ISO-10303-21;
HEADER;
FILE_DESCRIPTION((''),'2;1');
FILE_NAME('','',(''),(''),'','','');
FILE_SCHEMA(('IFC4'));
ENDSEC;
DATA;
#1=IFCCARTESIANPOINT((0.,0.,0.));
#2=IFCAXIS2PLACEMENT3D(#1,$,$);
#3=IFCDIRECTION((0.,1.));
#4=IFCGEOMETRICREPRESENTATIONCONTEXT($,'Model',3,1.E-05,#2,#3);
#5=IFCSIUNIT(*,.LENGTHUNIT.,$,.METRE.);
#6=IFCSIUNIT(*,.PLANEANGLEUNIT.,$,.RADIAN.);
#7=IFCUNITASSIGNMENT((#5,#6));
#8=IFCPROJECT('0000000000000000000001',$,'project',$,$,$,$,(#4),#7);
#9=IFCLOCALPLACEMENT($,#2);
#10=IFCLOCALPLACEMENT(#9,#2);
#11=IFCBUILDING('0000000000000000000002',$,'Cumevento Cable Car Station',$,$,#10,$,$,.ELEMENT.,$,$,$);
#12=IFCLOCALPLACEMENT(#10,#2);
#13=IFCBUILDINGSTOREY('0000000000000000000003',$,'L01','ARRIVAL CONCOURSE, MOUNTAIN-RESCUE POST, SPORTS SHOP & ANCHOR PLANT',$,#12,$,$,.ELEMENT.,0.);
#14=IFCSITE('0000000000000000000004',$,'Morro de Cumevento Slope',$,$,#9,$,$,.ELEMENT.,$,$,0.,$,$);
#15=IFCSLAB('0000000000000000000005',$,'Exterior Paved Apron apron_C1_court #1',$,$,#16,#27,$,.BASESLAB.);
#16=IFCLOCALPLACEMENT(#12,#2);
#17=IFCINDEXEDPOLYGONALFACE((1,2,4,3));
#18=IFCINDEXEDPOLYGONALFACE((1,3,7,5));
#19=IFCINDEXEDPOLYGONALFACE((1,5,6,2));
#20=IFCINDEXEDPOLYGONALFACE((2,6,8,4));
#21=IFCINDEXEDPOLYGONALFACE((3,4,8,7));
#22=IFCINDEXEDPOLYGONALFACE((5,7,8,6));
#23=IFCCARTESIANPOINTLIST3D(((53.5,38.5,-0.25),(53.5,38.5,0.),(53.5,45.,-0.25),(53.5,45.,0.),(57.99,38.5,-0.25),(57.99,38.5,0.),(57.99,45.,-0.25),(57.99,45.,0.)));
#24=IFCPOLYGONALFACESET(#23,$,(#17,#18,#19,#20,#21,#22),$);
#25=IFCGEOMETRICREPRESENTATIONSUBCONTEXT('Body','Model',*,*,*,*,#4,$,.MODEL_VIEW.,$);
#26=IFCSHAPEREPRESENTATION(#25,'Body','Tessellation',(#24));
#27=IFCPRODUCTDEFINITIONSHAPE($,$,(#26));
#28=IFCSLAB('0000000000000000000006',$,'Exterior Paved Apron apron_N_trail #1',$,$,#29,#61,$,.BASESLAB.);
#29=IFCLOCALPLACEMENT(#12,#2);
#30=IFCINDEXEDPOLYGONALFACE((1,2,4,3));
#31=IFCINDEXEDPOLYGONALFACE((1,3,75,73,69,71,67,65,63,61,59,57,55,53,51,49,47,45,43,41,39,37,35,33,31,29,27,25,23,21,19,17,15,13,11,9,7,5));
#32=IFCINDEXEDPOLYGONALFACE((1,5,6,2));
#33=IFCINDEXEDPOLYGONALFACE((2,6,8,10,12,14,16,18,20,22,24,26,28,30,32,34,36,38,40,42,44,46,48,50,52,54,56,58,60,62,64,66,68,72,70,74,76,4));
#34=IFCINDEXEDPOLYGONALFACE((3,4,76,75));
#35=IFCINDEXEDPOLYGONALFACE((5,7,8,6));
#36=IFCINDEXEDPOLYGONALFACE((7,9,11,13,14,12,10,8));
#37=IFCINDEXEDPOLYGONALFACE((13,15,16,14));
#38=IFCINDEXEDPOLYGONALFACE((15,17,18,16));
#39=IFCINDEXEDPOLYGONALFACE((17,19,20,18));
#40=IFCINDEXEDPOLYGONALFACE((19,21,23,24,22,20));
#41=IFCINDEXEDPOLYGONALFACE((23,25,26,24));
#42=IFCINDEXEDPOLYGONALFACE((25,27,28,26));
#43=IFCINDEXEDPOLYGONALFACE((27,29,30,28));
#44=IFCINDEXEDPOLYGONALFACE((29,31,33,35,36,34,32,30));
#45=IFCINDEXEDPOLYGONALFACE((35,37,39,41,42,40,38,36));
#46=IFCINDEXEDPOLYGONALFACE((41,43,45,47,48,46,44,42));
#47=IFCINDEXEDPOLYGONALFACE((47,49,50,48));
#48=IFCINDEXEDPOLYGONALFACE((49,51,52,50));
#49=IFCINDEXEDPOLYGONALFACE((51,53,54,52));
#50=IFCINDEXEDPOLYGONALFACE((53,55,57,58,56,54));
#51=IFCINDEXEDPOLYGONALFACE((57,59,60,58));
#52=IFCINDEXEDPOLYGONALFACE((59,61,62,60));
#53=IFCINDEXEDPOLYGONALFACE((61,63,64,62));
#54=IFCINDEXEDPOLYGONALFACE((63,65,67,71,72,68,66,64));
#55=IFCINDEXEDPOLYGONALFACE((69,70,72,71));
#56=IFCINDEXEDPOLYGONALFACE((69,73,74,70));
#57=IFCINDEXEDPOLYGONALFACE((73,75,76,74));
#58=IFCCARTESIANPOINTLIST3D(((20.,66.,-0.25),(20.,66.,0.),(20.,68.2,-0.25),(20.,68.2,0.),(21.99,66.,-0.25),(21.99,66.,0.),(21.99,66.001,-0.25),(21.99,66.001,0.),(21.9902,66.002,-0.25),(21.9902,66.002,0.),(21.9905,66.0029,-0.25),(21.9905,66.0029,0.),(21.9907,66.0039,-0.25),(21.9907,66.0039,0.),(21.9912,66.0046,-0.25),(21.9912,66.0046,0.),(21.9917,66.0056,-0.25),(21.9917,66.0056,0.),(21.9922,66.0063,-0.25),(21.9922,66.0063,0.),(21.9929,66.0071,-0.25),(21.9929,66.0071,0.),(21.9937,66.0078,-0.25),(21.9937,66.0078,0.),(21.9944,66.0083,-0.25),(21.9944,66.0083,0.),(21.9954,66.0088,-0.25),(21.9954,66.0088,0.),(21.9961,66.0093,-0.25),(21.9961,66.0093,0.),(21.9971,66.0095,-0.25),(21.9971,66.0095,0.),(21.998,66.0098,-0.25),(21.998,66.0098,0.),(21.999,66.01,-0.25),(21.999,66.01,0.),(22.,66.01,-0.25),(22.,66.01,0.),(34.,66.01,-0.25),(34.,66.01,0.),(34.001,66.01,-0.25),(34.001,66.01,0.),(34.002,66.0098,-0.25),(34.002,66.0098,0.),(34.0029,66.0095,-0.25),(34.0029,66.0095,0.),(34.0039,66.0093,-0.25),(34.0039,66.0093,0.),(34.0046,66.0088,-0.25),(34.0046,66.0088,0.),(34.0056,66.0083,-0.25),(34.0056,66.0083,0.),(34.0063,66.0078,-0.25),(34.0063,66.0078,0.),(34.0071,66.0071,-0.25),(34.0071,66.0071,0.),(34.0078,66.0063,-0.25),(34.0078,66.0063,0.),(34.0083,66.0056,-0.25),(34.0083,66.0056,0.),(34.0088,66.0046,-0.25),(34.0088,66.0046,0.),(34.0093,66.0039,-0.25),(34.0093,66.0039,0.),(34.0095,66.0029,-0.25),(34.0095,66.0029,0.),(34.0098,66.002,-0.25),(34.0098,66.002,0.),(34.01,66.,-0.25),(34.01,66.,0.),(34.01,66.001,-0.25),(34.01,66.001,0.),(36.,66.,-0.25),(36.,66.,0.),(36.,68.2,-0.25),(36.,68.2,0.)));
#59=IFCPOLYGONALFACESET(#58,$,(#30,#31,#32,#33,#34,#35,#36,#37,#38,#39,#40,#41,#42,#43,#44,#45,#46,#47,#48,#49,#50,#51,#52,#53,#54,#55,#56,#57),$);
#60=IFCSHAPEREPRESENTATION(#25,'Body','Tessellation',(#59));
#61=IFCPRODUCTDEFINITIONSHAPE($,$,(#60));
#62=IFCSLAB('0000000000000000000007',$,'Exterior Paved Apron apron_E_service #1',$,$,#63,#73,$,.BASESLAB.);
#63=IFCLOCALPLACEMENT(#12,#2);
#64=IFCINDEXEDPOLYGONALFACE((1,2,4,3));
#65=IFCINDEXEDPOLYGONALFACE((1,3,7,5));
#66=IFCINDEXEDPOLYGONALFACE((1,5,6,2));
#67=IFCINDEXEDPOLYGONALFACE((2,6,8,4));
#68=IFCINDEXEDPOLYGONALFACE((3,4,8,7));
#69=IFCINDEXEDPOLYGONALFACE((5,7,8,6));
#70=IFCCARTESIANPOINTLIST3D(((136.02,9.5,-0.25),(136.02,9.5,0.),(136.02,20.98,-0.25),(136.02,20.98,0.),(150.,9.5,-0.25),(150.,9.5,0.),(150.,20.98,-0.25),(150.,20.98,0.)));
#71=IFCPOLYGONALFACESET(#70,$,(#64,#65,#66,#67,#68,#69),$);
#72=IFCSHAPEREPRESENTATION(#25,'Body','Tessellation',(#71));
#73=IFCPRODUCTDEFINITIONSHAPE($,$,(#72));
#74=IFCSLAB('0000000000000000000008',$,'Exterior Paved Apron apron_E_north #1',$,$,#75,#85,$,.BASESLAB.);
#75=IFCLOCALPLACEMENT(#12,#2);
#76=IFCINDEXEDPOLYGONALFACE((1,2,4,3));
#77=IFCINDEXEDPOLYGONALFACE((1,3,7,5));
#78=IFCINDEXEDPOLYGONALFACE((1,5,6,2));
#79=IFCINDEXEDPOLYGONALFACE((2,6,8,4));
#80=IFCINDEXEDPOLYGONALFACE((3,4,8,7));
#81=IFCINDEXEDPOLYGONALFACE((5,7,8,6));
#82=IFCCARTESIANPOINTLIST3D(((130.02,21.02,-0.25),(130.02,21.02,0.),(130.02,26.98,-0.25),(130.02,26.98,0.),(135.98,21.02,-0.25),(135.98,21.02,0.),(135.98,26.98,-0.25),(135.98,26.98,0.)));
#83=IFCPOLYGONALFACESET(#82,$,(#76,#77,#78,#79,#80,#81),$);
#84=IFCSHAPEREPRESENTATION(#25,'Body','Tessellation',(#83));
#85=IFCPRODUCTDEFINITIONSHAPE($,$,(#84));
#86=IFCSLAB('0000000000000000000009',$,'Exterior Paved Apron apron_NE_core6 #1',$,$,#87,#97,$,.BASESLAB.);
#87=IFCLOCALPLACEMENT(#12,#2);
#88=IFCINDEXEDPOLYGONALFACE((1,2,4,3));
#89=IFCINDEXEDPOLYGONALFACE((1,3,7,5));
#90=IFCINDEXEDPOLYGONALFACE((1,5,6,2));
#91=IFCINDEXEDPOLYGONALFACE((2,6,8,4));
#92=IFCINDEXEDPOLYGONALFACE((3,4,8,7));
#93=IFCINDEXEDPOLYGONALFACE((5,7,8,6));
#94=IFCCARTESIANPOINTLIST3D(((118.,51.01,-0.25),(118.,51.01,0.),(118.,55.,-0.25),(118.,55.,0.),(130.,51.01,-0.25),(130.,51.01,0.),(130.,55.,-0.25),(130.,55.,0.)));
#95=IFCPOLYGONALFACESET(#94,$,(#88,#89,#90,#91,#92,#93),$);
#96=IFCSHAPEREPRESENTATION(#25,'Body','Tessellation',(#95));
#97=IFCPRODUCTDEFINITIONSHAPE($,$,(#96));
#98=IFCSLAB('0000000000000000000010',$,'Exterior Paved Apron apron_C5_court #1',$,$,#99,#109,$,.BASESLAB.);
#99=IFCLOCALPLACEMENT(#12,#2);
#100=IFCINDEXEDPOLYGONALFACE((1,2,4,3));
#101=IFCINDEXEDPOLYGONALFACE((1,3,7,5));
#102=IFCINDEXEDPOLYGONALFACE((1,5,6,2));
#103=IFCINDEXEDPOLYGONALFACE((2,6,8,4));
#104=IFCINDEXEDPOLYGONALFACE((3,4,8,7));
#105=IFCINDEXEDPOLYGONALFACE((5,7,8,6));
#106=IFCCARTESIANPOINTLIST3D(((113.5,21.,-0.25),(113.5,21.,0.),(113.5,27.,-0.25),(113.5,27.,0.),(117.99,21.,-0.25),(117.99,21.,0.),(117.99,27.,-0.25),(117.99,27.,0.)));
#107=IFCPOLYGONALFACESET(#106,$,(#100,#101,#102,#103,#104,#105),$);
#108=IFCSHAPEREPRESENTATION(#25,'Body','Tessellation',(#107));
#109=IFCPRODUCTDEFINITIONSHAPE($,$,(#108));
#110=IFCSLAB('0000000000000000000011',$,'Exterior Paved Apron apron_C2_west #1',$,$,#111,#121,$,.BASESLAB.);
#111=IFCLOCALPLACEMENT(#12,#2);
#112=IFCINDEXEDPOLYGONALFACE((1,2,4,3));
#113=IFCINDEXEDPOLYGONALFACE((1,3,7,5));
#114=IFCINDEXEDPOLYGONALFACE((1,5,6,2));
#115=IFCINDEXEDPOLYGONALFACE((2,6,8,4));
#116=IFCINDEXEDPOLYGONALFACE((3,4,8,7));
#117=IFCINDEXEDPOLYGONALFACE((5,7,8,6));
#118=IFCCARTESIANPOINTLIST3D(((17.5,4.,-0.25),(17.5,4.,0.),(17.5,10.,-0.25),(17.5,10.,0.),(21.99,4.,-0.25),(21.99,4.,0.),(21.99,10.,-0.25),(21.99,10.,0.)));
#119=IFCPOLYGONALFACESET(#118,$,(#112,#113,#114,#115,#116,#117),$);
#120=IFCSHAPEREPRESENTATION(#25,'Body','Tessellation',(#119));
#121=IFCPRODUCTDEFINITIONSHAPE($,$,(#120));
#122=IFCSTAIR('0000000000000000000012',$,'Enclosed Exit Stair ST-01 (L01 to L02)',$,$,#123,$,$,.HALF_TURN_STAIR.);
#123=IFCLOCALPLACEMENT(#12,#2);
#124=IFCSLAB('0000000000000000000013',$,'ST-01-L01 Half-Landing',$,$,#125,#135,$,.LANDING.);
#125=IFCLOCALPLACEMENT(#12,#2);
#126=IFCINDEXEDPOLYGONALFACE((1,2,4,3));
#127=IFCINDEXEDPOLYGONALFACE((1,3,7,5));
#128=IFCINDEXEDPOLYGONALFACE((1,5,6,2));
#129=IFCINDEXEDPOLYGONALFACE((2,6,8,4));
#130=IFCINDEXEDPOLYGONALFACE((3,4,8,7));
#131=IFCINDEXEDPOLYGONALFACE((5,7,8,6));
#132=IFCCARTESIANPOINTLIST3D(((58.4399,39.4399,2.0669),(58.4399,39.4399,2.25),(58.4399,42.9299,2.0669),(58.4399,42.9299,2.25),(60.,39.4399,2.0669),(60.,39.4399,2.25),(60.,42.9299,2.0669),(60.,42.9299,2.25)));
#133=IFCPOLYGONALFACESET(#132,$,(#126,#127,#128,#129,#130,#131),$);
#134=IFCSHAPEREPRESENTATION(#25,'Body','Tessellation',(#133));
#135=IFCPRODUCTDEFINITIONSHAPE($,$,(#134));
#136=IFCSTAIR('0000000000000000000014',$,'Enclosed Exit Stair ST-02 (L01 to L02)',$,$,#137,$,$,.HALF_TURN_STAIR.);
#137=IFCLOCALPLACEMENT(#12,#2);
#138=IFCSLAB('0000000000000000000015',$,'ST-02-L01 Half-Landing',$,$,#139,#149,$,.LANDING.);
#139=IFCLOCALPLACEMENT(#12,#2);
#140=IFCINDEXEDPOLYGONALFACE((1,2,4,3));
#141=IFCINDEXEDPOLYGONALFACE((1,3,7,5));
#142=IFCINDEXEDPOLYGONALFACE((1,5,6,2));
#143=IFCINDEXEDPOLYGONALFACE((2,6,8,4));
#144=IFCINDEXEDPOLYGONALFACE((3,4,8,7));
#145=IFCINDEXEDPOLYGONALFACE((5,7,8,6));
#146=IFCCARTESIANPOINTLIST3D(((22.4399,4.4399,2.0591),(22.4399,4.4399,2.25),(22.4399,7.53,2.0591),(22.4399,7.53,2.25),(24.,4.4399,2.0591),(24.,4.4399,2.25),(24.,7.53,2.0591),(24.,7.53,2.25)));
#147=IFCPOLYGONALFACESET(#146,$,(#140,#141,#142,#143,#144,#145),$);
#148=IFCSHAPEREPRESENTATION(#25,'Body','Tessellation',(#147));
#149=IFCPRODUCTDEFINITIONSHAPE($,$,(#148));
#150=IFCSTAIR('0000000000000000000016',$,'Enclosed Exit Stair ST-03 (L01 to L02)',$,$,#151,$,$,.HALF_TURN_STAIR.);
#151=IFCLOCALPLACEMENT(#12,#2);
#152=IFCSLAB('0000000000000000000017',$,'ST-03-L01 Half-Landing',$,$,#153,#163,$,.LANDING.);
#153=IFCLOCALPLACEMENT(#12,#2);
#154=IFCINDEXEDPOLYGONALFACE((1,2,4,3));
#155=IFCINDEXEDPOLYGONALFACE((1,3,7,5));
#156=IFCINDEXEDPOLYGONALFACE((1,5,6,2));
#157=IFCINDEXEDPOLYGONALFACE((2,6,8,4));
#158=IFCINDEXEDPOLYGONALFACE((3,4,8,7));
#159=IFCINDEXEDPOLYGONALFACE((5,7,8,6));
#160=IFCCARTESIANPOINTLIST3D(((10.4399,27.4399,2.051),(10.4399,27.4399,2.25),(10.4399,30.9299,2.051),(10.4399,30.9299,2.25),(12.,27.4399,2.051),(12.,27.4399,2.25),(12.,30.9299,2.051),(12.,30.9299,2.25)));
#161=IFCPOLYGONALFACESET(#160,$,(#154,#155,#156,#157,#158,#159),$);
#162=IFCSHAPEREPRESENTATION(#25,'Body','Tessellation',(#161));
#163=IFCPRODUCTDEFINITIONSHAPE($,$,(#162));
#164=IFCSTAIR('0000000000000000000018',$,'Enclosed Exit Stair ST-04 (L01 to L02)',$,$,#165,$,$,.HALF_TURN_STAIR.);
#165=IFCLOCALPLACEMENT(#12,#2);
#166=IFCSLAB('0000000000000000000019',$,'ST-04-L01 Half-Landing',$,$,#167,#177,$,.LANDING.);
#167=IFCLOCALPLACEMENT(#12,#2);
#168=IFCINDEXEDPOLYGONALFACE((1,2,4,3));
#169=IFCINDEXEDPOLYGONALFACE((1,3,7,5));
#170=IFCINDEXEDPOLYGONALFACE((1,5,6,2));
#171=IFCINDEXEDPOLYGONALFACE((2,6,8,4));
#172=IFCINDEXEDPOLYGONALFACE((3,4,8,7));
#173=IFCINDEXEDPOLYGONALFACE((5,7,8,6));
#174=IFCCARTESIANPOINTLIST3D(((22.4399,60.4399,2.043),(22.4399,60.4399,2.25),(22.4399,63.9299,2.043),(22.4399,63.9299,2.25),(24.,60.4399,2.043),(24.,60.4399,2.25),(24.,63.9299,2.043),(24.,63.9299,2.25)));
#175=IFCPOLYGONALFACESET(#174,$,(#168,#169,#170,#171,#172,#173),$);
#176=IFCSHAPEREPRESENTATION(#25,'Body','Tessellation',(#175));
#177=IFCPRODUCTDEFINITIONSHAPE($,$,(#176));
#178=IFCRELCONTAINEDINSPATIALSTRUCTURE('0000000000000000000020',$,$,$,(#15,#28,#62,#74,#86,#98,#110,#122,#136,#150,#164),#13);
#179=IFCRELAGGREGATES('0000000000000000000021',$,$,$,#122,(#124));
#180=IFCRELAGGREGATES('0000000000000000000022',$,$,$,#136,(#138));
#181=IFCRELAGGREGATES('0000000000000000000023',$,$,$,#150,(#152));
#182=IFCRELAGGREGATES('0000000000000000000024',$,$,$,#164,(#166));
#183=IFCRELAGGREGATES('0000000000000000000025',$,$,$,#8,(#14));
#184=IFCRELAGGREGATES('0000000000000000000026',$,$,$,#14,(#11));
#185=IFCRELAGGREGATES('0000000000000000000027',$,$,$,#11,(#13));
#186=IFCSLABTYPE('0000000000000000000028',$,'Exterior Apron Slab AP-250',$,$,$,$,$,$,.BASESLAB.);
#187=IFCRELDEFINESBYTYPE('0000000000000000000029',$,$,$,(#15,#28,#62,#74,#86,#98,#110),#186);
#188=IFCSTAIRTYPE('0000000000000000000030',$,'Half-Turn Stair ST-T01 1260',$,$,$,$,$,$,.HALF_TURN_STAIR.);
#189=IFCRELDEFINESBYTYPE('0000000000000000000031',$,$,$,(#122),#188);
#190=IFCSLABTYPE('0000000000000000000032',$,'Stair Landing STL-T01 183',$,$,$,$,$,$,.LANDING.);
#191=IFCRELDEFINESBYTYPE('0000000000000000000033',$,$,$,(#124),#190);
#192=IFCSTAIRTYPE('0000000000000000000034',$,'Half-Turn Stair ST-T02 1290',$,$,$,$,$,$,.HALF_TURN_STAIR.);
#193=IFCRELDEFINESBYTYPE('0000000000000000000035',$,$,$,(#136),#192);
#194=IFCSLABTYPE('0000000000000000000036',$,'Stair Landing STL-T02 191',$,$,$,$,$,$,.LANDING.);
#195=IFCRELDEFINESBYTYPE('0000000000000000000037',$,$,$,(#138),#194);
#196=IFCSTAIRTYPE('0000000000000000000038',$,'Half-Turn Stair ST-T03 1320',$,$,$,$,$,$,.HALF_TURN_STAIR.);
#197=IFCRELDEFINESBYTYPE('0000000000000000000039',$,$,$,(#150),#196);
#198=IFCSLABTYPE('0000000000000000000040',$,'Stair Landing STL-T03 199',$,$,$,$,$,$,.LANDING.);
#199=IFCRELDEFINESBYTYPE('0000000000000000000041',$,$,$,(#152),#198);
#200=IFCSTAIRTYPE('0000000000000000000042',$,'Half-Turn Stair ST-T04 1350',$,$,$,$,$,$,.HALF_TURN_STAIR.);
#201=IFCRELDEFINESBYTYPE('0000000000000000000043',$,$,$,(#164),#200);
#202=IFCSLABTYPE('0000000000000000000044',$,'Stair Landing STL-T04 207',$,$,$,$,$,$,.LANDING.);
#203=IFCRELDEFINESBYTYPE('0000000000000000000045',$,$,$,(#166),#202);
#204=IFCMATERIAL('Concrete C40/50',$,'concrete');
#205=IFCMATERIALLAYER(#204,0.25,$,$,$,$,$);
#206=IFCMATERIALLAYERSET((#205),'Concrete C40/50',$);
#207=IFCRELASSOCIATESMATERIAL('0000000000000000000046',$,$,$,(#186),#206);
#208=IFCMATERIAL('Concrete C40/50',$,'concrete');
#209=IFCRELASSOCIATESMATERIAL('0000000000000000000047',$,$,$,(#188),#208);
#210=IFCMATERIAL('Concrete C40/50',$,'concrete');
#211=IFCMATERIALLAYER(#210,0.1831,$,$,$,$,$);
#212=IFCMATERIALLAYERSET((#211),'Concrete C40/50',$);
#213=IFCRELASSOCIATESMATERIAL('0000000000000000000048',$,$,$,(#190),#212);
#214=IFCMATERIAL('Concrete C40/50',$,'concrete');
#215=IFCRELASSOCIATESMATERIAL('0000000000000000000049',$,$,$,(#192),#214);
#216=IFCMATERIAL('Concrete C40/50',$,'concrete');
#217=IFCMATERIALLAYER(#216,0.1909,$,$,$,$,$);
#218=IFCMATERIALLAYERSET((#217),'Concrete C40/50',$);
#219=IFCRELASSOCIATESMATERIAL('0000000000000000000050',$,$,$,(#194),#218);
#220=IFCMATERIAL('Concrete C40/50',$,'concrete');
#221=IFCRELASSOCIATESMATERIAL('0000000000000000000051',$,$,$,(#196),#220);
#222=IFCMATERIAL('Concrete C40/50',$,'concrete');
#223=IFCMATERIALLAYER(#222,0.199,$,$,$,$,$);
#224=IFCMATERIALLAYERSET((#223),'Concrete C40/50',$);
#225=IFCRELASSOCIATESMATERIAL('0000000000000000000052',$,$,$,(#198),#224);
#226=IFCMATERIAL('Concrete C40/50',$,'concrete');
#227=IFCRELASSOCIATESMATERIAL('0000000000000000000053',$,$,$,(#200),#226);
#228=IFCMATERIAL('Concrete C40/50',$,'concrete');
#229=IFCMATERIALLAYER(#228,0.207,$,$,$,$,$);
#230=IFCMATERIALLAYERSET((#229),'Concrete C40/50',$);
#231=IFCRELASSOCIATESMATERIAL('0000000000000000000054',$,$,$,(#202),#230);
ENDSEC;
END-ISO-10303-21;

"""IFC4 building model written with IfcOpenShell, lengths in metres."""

from ifc_helpers import new_model, si_unit, direction, frame, origin, place, context, subcontext, project, spatial, polyline, outline, extrude, material, layer, layer_set, type_object, element, aggregate, save


model = new_model("IFC4")

# Units and contexts
model_context = context("Model", 3, precision=1e-05, world=origin(), true_north=direction((0.0, 1.0)))
body_context = subcontext(model_context, "Body", "Model", "MODEL_VIEW")
ifc_project = project(units=[si_unit("LENGTHUNIT", "METRE"), si_unit("PLANEANGLEUNIT", "RADIAN")], contexts=[model_context])

# Site, building, storey
site_placement = place(None, origin())
site = spatial("IfcSite", under=ifc_project, at=site_placement, Name="Morro de Cumevento Slope", CompositionType="ELEMENT", RefElevation=0.0)
building_placement = place(site_placement, origin())
building = spatial("IfcBuilding", under=site, at=building_placement, Name="Cumevento Cable Car Station", CompositionType="ELEMENT")
storey_placement = place(building_placement, origin())
storey = spatial("IfcBuildingStorey", under=building, at=storey_placement, Name="L01", Description="ARRIVAL CONCOURSE, MOUNTAIN-RESCUE POST, SPORTS SHOP & ANCHOR PLANT", CompositionType="ELEMENT", Elevation=0.0)

# Slabs
ifc_material_1 = material(Name="Concrete C40/50", Category="concrete")
ifc_layer_1 = layer(ifc_material_1, 0.25)
ifc_layer_set_1 = layer_set([ifc_layer_1], Name="Concrete C40/50")
slab_type_1 = type_object("IfcSlabType", Name="Exterior Apron Slab AP-250", PredefinedType="BASESLAB", material=ifc_layer_set_1)
slab_1_placement = place(storey_placement, frame((0.0, 0.0, -0.25)))
element("IfcSlab", 1, at=slab_1_placement, inside=storey, type_object=slab_type_1, Name="Exterior Paved Apron apron_C1_court #1", PredefinedType="BASESLAB", context=body_context, shape_type="SweptSolid", body=[
    extrude(outline(polyline([(53.5, 38.5), (53.5, 45.0), (57.99, 45.0), (57.99, 38.5), (53.5, 38.5)])), origin(), (0.0, 0.0, 1.0), 0.25),
])
slab_2_placement = place(storey_placement, frame((0.0, 0.0, -0.25)))
element("IfcSlab", 2, at=slab_2_placement, inside=storey, type_object=slab_type_1, Name="Exterior Paved Apron apron_N_trail #1", PredefinedType="BASESLAB", context=body_context, shape_type="SweptSolid", body=[
    extrude(outline(polyline([(20.0, 66.0), (20.0, 68.2), (36.0, 68.2), (36.0, 66.0), (34.01, 66.0), (34.01, 66.001), (34.0098, 66.002), (34.0095, 66.0029), (34.0093, 66.0039), (34.0088, 66.0046), (34.0083, 66.0056), (34.0078, 66.0063), (34.0071, 66.0071), (34.0063, 66.0078), (34.0056, 66.0083), (34.0046, 66.0088), (34.0039, 66.0093), (34.0029, 66.0095), (34.002, 66.0098), (34.001, 66.01), (34.0, 66.01), (22.0, 66.01), (21.999, 66.01), (21.998, 66.0098), (21.9971, 66.0095), (21.9961, 66.0093), (21.9954, 66.0088), (21.9944, 66.0083), (21.9937, 66.0078), (21.9929, 66.0071), (21.9922, 66.0063), (21.9917, 66.0056), (21.9912, 66.0046), (21.9907, 66.0039), (21.9905, 66.0029), (21.9902, 66.002), (21.99, 66.001), (21.99, 66.0), (20.0, 66.0)])), origin(), (0.0, 0.0, 1.0), 0.25),
])
slab_3_placement = place(storey_placement, frame((0.0, 0.0, -0.25)))
element("IfcSlab", 3, at=slab_3_placement, inside=storey, type_object=slab_type_1, Name="Exterior Paved Apron apron_E_service #1", PredefinedType="BASESLAB", context=body_context, shape_type="SweptSolid", body=[
    extrude(outline(polyline([(136.02, 9.5), (136.02, 20.98), (150.0, 20.98), (150.0, 9.5), (136.02, 9.5)])), origin(), (0.0, 0.0, 1.0), 0.25),
])
slab_4_placement = place(storey_placement, frame((0.0, 0.0, -0.25)))
element("IfcSlab", 4, at=slab_4_placement, inside=storey, type_object=slab_type_1, Name="Exterior Paved Apron apron_E_north #1", PredefinedType="BASESLAB", context=body_context, shape_type="SweptSolid", body=[
    extrude(outline(polyline([(130.02, 21.02), (130.02, 26.98), (135.98, 26.98), (135.98, 21.02), (130.02, 21.02)])), origin(), (0.0, 0.0, 1.0), 0.25),
])
slab_5_placement = place(storey_placement, frame((0.0, 0.0, -0.25)))
element("IfcSlab", 5, at=slab_5_placement, inside=storey, type_object=slab_type_1, Name="Exterior Paved Apron apron_NE_core6 #1", PredefinedType="BASESLAB", context=body_context, shape_type="SweptSolid", body=[
    extrude(outline(polyline([(118.0, 55.0), (130.0, 55.0), (130.0, 51.01), (118.0, 51.01), (118.0, 55.0)])), origin(), (0.0, 0.0, 1.0), 0.25),
])
slab_6_placement = place(storey_placement, frame((0.0, 0.0, -0.25)))
element("IfcSlab", 6, at=slab_6_placement, inside=storey, type_object=slab_type_1, Name="Exterior Paved Apron apron_C5_court #1", PredefinedType="BASESLAB", context=body_context, shape_type="SweptSolid", body=[
    extrude(outline(polyline([(113.5, 21.0), (113.5, 27.0), (117.99, 27.0), (117.99, 21.0), (113.5, 21.0)])), origin(), (0.0, 0.0, 1.0), 0.25),
])
slab_7_placement = place(storey_placement, frame((0.0, 0.0, -0.25)))
element("IfcSlab", 7, at=slab_7_placement, inside=storey, type_object=slab_type_1, Name="Exterior Paved Apron apron_C2_west #1", PredefinedType="BASESLAB", context=body_context, shape_type="SweptSolid", body=[
    extrude(outline(polyline([(17.5, 4.0), (17.5, 10.0), (21.99, 10.0), (21.99, 4.0), (17.5, 4.0)])), origin(), (0.0, 0.0, 1.0), 0.25),
])

# Stairs, slabs
ifc_material_2 = material(Name="Concrete C40/50", Category="concrete")
stair_type_1 = type_object("IfcStairType", Name="Half-Turn Stair ST-T01 1260", PredefinedType="HALF_TURN_STAIR", material=ifc_material_2)
stair_1_placement = place(storey_placement, origin())
stair_1 = element("IfcStair", 8, at=stair_1_placement, inside=storey, type_object=stair_type_1, Name="Enclosed Exit Stair ST-01 (L01 to L02)", PredefinedType="HALF_TURN_STAIR")
ifc_material_3 = material(Name="Concrete C40/50", Category="concrete")
ifc_layer_2 = layer(ifc_material_3, 0.1831)
ifc_layer_set_2 = layer_set([ifc_layer_2], Name="Concrete C40/50")
slab_type_2 = type_object("IfcSlabType", Name="Stair Landing STL-T01 183", PredefinedType="LANDING", material=ifc_layer_set_2)
slab_8_placement = place(storey_placement, frame((0.0, 0.0, 2.0669)))
slab_8 = element("IfcSlab", 9, at=slab_8_placement, type_object=slab_type_2, Name="ST-01-L01 Half-Landing", PredefinedType="LANDING", context=body_context, shape_type="SweptSolid", body=[
    extrude(outline(polyline([(58.4399, 39.4399), (60.0, 39.4399), (60.0, 42.9299), (58.4399, 42.9299), (58.4399, 39.4399)])), origin(), (0.0, 0.0, 1.0), 0.1831),
])
aggregate(stair_1, [slab_8])
ifc_material_4 = material(Name="Concrete C40/50", Category="concrete")
stair_type_2 = type_object("IfcStairType", Name="Half-Turn Stair ST-T02 1290", PredefinedType="HALF_TURN_STAIR", material=ifc_material_4)
stair_2_placement = place(storey_placement, origin())
stair_2 = element("IfcStair", 10, at=stair_2_placement, inside=storey, type_object=stair_type_2, Name="Enclosed Exit Stair ST-02 (L01 to L02)", PredefinedType="HALF_TURN_STAIR")
ifc_material_5 = material(Name="Concrete C40/50", Category="concrete")
ifc_layer_3 = layer(ifc_material_5, 0.1909)
ifc_layer_set_3 = layer_set([ifc_layer_3], Name="Concrete C40/50")
slab_type_3 = type_object("IfcSlabType", Name="Stair Landing STL-T02 191", PredefinedType="LANDING", material=ifc_layer_set_3)
slab_9_placement = place(storey_placement, frame((0.0, 0.0, 2.0591)))
slab_9 = element("IfcSlab", 11, at=slab_9_placement, type_object=slab_type_3, Name="ST-02-L01 Half-Landing", PredefinedType="LANDING", context=body_context, shape_type="SweptSolid", body=[
    extrude(outline(polyline([(22.4399, 4.4399), (24.0, 4.4399), (24.0, 7.53), (22.4399, 7.53), (22.4399, 4.4399)])), origin(), (0.0, 0.0, 1.0), 0.1909),
])
aggregate(stair_2, [slab_9])
ifc_material_6 = material(Name="Concrete C40/50", Category="concrete")
stair_type_3 = type_object("IfcStairType", Name="Half-Turn Stair ST-T03 1320", PredefinedType="HALF_TURN_STAIR", material=ifc_material_6)
stair_3_placement = place(storey_placement, origin())
stair_3 = element("IfcStair", 12, at=stair_3_placement, inside=storey, type_object=stair_type_3, Name="Enclosed Exit Stair ST-03 (L01 to L02)", PredefinedType="HALF_TURN_STAIR")
ifc_material_7 = material(Name="Concrete C40/50", Category="concrete")
ifc_layer_4 = layer(ifc_material_7, 0.199)
ifc_layer_set_4 = layer_set([ifc_layer_4], Name="Concrete C40/50")
slab_type_4 = type_object("IfcSlabType", Name="Stair Landing STL-T03 199", PredefinedType="LANDING", material=ifc_layer_set_4)
slab_10_placement = place(storey_placement, frame((0.0, 0.0, 2.051)))
slab_10 = element("IfcSlab", 13, at=slab_10_placement, type_object=slab_type_4, Name="ST-03-L01 Half-Landing", PredefinedType="LANDING", context=body_context, shape_type="SweptSolid", body=[
    extrude(outline(polyline([(10.4399, 27.4399), (12.0, 27.4399), (12.0, 30.9299), (10.4399, 30.9299), (10.4399, 27.4399)])), origin(), (0.0, 0.0, 1.0), 0.199),
])
aggregate(stair_3, [slab_10])
ifc_material_8 = material(Name="Concrete C40/50", Category="concrete")
stair_type_4 = type_object("IfcStairType", Name="Half-Turn Stair ST-T04 1350", PredefinedType="HALF_TURN_STAIR", material=ifc_material_8)
stair_4_placement = place(storey_placement, origin())
stair_4 = element("IfcStair", 14, at=stair_4_placement, inside=storey, type_object=stair_type_4, Name="Enclosed Exit Stair ST-04 (L01 to L02)", PredefinedType="HALF_TURN_STAIR")
ifc_material_9 = material(Name="Concrete C40/50", Category="concrete")
ifc_layer_5 = layer(ifc_material_9, 0.207)
ifc_layer_set_5 = layer_set([ifc_layer_5], Name="Concrete C40/50")
slab_type_5 = type_object("IfcSlabType", Name="Stair Landing STL-T04 207", PredefinedType="LANDING", material=ifc_layer_set_5)
slab_11_placement = place(storey_placement, frame((0.0, 0.0, 2.043)))
slab_11 = element("IfcSlab", 15, at=slab_11_placement, type_object=slab_type_5, Name="ST-04-L01 Half-Landing", PredefinedType="LANDING", context=body_context, shape_type="SweptSolid", body=[
    extrude(outline(polyline([(22.4399, 60.4399), (24.0, 60.4399), (24.0, 63.9299), (22.4399, 63.9299), (22.4399, 60.4399)])), origin(), (0.0, 0.0, 1.0), 0.207),
])
aggregate(stair_4, [slab_11])

save(model, "model.ifc")
